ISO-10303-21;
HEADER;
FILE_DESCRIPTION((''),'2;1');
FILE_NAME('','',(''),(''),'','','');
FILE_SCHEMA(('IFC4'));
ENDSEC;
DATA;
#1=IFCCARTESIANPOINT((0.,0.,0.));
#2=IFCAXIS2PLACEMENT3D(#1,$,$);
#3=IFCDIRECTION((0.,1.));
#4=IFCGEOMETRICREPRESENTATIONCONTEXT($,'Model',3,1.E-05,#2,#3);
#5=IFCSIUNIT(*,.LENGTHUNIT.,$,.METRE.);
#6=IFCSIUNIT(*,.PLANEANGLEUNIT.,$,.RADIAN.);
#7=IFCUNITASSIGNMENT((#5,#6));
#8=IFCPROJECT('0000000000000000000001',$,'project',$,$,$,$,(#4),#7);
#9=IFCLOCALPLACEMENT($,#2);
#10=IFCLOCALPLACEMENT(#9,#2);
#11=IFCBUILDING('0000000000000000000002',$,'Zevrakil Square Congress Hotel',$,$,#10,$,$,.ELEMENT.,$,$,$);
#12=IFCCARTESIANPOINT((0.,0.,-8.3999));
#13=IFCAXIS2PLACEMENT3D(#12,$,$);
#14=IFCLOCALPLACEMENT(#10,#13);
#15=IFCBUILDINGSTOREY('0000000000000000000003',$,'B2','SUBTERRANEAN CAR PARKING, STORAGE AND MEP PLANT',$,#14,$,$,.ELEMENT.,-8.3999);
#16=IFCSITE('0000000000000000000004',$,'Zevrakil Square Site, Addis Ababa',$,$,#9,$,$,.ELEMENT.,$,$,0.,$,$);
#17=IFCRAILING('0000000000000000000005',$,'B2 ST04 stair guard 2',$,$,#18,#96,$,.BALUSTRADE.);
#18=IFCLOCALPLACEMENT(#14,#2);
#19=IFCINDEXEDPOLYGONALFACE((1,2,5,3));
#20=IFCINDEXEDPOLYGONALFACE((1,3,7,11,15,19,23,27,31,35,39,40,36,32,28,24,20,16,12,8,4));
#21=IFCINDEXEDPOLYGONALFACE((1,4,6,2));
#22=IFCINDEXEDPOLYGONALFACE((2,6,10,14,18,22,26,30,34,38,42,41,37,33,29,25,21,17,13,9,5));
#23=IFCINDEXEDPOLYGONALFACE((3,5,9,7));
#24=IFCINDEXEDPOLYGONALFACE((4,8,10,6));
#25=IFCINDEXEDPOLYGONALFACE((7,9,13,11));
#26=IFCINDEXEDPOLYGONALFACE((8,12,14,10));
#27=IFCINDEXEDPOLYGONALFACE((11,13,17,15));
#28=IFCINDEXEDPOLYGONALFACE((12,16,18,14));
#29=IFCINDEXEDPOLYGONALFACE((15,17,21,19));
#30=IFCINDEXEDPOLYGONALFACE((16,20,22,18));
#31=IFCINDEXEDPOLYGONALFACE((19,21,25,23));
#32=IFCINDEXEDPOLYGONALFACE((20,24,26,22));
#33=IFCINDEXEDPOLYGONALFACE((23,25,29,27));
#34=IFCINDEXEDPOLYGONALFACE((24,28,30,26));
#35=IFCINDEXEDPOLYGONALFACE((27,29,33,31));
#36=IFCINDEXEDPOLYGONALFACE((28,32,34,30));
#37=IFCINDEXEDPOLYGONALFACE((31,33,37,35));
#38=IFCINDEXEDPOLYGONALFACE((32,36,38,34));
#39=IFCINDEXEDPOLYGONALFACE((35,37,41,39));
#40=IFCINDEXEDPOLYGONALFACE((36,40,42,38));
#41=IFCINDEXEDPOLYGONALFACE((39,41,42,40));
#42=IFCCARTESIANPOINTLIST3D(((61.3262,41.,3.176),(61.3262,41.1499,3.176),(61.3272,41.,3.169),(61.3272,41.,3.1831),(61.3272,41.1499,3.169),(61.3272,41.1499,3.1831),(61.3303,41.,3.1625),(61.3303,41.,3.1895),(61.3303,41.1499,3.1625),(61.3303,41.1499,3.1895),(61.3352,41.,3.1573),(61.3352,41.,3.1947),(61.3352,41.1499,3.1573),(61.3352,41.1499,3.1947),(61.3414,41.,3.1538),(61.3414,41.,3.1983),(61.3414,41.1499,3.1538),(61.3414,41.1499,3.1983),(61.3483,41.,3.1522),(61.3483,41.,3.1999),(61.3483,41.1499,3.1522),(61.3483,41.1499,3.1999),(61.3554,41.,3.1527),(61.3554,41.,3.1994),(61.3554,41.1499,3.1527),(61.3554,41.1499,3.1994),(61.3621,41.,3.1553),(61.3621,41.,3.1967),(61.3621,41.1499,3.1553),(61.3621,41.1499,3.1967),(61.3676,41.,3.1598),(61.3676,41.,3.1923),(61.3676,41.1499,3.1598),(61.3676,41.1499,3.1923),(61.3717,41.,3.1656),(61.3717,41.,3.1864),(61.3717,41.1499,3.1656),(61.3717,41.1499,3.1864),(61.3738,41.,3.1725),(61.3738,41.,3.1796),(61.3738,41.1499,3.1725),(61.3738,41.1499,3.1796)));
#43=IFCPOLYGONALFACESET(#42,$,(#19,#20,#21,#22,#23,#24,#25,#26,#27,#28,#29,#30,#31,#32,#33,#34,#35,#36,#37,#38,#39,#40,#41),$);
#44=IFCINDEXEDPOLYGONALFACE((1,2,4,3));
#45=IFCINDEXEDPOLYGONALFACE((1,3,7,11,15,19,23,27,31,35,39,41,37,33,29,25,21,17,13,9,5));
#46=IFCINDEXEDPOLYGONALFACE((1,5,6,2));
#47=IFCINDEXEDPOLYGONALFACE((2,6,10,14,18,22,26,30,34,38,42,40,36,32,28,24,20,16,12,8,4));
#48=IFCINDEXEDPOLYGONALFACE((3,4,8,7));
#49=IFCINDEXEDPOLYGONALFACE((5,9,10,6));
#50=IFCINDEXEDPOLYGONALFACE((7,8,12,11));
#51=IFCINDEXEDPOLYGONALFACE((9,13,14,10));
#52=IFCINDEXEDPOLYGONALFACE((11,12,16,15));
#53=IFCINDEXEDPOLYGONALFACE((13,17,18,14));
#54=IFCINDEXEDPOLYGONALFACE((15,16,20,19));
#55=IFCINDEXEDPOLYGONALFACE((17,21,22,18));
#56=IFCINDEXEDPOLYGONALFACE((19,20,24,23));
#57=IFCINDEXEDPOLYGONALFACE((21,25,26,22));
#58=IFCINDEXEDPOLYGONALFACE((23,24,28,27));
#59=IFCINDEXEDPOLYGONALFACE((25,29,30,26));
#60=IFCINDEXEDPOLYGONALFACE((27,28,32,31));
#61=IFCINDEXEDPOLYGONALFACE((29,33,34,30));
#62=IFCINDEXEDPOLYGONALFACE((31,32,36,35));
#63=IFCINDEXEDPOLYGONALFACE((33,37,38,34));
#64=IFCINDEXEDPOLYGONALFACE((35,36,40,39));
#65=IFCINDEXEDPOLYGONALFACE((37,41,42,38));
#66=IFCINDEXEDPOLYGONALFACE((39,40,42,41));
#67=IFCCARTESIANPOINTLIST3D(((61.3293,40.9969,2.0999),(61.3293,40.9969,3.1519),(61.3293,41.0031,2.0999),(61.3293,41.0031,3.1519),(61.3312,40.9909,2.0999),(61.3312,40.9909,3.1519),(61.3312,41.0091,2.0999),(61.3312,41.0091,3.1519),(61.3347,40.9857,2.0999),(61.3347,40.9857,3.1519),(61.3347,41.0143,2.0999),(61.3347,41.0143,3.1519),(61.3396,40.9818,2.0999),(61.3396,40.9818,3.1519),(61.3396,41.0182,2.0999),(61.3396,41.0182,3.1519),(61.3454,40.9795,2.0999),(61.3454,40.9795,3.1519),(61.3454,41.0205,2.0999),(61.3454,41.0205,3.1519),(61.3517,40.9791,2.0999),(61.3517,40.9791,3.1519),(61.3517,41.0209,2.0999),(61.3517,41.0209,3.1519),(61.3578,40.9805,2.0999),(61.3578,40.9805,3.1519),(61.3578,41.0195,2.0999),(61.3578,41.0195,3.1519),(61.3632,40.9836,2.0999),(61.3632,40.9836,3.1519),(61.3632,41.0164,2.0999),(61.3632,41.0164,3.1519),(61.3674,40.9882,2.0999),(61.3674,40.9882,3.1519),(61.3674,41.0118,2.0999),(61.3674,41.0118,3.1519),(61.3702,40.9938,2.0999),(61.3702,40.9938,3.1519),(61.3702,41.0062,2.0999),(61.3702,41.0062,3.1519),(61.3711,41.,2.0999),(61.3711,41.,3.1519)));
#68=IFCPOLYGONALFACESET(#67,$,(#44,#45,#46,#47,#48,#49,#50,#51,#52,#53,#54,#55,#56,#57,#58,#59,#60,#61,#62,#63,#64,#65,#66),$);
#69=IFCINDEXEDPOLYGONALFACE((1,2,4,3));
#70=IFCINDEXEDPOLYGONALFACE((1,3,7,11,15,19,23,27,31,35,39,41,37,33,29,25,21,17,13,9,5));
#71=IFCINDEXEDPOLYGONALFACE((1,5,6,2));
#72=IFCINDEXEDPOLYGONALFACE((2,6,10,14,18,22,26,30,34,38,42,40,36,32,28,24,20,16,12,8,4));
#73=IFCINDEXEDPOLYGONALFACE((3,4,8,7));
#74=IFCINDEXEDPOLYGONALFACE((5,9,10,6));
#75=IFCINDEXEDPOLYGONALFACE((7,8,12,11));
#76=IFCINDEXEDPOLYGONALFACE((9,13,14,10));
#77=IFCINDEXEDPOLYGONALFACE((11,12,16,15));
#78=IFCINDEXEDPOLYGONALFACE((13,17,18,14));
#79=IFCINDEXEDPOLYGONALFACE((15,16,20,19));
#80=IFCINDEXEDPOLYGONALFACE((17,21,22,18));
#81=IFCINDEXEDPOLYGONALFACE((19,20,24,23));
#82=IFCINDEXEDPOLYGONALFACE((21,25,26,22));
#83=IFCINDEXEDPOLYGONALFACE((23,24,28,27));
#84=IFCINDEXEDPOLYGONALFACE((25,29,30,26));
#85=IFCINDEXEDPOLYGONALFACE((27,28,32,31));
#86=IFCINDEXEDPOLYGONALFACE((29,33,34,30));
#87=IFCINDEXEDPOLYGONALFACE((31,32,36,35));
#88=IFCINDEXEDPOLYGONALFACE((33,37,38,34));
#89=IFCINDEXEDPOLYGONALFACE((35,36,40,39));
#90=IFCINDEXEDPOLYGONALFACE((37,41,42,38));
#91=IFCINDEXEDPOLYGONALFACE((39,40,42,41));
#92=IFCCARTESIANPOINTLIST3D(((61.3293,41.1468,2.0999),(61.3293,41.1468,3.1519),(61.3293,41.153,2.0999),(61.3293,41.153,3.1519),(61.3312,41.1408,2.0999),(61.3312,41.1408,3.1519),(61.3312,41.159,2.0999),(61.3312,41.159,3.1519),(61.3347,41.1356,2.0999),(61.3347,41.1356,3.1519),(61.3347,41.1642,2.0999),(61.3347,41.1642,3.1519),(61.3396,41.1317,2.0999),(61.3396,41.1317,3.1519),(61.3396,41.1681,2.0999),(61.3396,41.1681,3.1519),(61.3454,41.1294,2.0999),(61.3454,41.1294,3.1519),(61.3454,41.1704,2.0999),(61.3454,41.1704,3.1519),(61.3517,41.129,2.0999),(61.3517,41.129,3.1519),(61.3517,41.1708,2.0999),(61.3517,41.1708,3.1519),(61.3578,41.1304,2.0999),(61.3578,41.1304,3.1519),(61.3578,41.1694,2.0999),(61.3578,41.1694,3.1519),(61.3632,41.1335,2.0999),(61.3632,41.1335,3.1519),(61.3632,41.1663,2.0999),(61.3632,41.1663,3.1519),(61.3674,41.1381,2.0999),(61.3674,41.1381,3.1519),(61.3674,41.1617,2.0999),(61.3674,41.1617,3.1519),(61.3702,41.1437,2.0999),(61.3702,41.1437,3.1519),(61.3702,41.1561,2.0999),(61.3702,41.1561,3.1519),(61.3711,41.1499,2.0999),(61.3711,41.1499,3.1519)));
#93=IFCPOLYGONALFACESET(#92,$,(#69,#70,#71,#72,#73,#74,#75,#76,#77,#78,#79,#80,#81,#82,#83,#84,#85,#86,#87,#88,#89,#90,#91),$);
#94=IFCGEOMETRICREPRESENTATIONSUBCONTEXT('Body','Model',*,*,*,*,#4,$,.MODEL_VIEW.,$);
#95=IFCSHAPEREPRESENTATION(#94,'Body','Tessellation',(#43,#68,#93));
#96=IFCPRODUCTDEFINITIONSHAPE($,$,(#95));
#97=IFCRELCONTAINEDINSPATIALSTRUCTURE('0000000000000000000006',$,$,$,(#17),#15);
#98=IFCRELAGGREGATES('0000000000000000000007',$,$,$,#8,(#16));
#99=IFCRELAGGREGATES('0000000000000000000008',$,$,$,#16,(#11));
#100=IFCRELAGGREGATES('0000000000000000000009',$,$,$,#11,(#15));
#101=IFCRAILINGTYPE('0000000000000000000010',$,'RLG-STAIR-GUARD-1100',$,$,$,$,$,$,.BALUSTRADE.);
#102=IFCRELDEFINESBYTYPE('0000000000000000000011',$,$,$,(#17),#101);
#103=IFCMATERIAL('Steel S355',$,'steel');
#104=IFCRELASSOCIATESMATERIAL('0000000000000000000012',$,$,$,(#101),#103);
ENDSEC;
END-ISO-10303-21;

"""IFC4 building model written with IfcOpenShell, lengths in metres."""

from ifc_helpers import new_model, si_unit, direction, frame, origin, origin_2d, place, context, subcontext, project, spatial, circle, extrude, material, type_object, element, save


model = new_model("IFC4")

# Units and contexts
model_context = context("Model", 3, precision=1e-05, world=origin(), true_north=direction((0.0, 1.0)))
body_context = subcontext(model_context, "Body", "Model", "MODEL_VIEW")
ifc_project = project(units=[si_unit("LENGTHUNIT", "METRE"), si_unit("PLANEANGLEUNIT", "RADIAN")], contexts=[model_context])

# Site, building, storey
site_placement = place(None, origin())
site = spatial("IfcSite", under=ifc_project, at=site_placement, Name="Zevrakil Square Site, Addis Ababa", CompositionType="ELEMENT", RefElevation=0.0)
building_placement = place(site_placement, origin())
building = spatial("IfcBuilding", under=site, at=building_placement, Name="Zevrakil Square Congress Hotel", CompositionType="ELEMENT")
storey_placement = place(building_placement, frame((0.0, 0.0, -8.3999)))
storey = spatial("IfcBuildingStorey", under=building, at=storey_placement, Name="B2", Description="SUBTERRANEAN CAR PARKING, STORAGE AND MEP PLANT", CompositionType="ELEMENT", Elevation=-8.3999)

# Railing
ifc_material_1 = material(Name="Steel S355", Category="steel")
railing_type_1 = type_object("IfcRailingType", Name="RLG-STAIR-GUARD-1100", PredefinedType="BALUSTRADE", material=ifc_material_1)
railing_1_placement = place(storey_placement, frame((61.3501, 41.0, 2.0999)))
element("IfcRailing", 1, at=railing_1_placement, inside=storey, type_object=railing_type_1, Name="B2 ST04 stair guard 2", PredefinedType="BALUSTRADE", context=body_context, shape_type="SweptSolid", body=[
    extrude(circle(Radius=0.0239, at=origin_2d()), frame((0.0, 0.0, 1.0762), z_axis=(0.0, 1.0, 0.0), x_axis=(-1.0, 0.0, 0.0)), (0.0, 0.0, 1.0), 0.1499),
    extrude(circle(Radius=0.021, at=origin_2d()), origin(), (0.0, 0.0, 1.0), 1.052),
    extrude(circle(Radius=0.021, at=origin_2d()), frame((0.0, 0.1499, 0.0)), (0.0, 0.0, 1.0), 1.052),
])

save(model, "model.ifc")
